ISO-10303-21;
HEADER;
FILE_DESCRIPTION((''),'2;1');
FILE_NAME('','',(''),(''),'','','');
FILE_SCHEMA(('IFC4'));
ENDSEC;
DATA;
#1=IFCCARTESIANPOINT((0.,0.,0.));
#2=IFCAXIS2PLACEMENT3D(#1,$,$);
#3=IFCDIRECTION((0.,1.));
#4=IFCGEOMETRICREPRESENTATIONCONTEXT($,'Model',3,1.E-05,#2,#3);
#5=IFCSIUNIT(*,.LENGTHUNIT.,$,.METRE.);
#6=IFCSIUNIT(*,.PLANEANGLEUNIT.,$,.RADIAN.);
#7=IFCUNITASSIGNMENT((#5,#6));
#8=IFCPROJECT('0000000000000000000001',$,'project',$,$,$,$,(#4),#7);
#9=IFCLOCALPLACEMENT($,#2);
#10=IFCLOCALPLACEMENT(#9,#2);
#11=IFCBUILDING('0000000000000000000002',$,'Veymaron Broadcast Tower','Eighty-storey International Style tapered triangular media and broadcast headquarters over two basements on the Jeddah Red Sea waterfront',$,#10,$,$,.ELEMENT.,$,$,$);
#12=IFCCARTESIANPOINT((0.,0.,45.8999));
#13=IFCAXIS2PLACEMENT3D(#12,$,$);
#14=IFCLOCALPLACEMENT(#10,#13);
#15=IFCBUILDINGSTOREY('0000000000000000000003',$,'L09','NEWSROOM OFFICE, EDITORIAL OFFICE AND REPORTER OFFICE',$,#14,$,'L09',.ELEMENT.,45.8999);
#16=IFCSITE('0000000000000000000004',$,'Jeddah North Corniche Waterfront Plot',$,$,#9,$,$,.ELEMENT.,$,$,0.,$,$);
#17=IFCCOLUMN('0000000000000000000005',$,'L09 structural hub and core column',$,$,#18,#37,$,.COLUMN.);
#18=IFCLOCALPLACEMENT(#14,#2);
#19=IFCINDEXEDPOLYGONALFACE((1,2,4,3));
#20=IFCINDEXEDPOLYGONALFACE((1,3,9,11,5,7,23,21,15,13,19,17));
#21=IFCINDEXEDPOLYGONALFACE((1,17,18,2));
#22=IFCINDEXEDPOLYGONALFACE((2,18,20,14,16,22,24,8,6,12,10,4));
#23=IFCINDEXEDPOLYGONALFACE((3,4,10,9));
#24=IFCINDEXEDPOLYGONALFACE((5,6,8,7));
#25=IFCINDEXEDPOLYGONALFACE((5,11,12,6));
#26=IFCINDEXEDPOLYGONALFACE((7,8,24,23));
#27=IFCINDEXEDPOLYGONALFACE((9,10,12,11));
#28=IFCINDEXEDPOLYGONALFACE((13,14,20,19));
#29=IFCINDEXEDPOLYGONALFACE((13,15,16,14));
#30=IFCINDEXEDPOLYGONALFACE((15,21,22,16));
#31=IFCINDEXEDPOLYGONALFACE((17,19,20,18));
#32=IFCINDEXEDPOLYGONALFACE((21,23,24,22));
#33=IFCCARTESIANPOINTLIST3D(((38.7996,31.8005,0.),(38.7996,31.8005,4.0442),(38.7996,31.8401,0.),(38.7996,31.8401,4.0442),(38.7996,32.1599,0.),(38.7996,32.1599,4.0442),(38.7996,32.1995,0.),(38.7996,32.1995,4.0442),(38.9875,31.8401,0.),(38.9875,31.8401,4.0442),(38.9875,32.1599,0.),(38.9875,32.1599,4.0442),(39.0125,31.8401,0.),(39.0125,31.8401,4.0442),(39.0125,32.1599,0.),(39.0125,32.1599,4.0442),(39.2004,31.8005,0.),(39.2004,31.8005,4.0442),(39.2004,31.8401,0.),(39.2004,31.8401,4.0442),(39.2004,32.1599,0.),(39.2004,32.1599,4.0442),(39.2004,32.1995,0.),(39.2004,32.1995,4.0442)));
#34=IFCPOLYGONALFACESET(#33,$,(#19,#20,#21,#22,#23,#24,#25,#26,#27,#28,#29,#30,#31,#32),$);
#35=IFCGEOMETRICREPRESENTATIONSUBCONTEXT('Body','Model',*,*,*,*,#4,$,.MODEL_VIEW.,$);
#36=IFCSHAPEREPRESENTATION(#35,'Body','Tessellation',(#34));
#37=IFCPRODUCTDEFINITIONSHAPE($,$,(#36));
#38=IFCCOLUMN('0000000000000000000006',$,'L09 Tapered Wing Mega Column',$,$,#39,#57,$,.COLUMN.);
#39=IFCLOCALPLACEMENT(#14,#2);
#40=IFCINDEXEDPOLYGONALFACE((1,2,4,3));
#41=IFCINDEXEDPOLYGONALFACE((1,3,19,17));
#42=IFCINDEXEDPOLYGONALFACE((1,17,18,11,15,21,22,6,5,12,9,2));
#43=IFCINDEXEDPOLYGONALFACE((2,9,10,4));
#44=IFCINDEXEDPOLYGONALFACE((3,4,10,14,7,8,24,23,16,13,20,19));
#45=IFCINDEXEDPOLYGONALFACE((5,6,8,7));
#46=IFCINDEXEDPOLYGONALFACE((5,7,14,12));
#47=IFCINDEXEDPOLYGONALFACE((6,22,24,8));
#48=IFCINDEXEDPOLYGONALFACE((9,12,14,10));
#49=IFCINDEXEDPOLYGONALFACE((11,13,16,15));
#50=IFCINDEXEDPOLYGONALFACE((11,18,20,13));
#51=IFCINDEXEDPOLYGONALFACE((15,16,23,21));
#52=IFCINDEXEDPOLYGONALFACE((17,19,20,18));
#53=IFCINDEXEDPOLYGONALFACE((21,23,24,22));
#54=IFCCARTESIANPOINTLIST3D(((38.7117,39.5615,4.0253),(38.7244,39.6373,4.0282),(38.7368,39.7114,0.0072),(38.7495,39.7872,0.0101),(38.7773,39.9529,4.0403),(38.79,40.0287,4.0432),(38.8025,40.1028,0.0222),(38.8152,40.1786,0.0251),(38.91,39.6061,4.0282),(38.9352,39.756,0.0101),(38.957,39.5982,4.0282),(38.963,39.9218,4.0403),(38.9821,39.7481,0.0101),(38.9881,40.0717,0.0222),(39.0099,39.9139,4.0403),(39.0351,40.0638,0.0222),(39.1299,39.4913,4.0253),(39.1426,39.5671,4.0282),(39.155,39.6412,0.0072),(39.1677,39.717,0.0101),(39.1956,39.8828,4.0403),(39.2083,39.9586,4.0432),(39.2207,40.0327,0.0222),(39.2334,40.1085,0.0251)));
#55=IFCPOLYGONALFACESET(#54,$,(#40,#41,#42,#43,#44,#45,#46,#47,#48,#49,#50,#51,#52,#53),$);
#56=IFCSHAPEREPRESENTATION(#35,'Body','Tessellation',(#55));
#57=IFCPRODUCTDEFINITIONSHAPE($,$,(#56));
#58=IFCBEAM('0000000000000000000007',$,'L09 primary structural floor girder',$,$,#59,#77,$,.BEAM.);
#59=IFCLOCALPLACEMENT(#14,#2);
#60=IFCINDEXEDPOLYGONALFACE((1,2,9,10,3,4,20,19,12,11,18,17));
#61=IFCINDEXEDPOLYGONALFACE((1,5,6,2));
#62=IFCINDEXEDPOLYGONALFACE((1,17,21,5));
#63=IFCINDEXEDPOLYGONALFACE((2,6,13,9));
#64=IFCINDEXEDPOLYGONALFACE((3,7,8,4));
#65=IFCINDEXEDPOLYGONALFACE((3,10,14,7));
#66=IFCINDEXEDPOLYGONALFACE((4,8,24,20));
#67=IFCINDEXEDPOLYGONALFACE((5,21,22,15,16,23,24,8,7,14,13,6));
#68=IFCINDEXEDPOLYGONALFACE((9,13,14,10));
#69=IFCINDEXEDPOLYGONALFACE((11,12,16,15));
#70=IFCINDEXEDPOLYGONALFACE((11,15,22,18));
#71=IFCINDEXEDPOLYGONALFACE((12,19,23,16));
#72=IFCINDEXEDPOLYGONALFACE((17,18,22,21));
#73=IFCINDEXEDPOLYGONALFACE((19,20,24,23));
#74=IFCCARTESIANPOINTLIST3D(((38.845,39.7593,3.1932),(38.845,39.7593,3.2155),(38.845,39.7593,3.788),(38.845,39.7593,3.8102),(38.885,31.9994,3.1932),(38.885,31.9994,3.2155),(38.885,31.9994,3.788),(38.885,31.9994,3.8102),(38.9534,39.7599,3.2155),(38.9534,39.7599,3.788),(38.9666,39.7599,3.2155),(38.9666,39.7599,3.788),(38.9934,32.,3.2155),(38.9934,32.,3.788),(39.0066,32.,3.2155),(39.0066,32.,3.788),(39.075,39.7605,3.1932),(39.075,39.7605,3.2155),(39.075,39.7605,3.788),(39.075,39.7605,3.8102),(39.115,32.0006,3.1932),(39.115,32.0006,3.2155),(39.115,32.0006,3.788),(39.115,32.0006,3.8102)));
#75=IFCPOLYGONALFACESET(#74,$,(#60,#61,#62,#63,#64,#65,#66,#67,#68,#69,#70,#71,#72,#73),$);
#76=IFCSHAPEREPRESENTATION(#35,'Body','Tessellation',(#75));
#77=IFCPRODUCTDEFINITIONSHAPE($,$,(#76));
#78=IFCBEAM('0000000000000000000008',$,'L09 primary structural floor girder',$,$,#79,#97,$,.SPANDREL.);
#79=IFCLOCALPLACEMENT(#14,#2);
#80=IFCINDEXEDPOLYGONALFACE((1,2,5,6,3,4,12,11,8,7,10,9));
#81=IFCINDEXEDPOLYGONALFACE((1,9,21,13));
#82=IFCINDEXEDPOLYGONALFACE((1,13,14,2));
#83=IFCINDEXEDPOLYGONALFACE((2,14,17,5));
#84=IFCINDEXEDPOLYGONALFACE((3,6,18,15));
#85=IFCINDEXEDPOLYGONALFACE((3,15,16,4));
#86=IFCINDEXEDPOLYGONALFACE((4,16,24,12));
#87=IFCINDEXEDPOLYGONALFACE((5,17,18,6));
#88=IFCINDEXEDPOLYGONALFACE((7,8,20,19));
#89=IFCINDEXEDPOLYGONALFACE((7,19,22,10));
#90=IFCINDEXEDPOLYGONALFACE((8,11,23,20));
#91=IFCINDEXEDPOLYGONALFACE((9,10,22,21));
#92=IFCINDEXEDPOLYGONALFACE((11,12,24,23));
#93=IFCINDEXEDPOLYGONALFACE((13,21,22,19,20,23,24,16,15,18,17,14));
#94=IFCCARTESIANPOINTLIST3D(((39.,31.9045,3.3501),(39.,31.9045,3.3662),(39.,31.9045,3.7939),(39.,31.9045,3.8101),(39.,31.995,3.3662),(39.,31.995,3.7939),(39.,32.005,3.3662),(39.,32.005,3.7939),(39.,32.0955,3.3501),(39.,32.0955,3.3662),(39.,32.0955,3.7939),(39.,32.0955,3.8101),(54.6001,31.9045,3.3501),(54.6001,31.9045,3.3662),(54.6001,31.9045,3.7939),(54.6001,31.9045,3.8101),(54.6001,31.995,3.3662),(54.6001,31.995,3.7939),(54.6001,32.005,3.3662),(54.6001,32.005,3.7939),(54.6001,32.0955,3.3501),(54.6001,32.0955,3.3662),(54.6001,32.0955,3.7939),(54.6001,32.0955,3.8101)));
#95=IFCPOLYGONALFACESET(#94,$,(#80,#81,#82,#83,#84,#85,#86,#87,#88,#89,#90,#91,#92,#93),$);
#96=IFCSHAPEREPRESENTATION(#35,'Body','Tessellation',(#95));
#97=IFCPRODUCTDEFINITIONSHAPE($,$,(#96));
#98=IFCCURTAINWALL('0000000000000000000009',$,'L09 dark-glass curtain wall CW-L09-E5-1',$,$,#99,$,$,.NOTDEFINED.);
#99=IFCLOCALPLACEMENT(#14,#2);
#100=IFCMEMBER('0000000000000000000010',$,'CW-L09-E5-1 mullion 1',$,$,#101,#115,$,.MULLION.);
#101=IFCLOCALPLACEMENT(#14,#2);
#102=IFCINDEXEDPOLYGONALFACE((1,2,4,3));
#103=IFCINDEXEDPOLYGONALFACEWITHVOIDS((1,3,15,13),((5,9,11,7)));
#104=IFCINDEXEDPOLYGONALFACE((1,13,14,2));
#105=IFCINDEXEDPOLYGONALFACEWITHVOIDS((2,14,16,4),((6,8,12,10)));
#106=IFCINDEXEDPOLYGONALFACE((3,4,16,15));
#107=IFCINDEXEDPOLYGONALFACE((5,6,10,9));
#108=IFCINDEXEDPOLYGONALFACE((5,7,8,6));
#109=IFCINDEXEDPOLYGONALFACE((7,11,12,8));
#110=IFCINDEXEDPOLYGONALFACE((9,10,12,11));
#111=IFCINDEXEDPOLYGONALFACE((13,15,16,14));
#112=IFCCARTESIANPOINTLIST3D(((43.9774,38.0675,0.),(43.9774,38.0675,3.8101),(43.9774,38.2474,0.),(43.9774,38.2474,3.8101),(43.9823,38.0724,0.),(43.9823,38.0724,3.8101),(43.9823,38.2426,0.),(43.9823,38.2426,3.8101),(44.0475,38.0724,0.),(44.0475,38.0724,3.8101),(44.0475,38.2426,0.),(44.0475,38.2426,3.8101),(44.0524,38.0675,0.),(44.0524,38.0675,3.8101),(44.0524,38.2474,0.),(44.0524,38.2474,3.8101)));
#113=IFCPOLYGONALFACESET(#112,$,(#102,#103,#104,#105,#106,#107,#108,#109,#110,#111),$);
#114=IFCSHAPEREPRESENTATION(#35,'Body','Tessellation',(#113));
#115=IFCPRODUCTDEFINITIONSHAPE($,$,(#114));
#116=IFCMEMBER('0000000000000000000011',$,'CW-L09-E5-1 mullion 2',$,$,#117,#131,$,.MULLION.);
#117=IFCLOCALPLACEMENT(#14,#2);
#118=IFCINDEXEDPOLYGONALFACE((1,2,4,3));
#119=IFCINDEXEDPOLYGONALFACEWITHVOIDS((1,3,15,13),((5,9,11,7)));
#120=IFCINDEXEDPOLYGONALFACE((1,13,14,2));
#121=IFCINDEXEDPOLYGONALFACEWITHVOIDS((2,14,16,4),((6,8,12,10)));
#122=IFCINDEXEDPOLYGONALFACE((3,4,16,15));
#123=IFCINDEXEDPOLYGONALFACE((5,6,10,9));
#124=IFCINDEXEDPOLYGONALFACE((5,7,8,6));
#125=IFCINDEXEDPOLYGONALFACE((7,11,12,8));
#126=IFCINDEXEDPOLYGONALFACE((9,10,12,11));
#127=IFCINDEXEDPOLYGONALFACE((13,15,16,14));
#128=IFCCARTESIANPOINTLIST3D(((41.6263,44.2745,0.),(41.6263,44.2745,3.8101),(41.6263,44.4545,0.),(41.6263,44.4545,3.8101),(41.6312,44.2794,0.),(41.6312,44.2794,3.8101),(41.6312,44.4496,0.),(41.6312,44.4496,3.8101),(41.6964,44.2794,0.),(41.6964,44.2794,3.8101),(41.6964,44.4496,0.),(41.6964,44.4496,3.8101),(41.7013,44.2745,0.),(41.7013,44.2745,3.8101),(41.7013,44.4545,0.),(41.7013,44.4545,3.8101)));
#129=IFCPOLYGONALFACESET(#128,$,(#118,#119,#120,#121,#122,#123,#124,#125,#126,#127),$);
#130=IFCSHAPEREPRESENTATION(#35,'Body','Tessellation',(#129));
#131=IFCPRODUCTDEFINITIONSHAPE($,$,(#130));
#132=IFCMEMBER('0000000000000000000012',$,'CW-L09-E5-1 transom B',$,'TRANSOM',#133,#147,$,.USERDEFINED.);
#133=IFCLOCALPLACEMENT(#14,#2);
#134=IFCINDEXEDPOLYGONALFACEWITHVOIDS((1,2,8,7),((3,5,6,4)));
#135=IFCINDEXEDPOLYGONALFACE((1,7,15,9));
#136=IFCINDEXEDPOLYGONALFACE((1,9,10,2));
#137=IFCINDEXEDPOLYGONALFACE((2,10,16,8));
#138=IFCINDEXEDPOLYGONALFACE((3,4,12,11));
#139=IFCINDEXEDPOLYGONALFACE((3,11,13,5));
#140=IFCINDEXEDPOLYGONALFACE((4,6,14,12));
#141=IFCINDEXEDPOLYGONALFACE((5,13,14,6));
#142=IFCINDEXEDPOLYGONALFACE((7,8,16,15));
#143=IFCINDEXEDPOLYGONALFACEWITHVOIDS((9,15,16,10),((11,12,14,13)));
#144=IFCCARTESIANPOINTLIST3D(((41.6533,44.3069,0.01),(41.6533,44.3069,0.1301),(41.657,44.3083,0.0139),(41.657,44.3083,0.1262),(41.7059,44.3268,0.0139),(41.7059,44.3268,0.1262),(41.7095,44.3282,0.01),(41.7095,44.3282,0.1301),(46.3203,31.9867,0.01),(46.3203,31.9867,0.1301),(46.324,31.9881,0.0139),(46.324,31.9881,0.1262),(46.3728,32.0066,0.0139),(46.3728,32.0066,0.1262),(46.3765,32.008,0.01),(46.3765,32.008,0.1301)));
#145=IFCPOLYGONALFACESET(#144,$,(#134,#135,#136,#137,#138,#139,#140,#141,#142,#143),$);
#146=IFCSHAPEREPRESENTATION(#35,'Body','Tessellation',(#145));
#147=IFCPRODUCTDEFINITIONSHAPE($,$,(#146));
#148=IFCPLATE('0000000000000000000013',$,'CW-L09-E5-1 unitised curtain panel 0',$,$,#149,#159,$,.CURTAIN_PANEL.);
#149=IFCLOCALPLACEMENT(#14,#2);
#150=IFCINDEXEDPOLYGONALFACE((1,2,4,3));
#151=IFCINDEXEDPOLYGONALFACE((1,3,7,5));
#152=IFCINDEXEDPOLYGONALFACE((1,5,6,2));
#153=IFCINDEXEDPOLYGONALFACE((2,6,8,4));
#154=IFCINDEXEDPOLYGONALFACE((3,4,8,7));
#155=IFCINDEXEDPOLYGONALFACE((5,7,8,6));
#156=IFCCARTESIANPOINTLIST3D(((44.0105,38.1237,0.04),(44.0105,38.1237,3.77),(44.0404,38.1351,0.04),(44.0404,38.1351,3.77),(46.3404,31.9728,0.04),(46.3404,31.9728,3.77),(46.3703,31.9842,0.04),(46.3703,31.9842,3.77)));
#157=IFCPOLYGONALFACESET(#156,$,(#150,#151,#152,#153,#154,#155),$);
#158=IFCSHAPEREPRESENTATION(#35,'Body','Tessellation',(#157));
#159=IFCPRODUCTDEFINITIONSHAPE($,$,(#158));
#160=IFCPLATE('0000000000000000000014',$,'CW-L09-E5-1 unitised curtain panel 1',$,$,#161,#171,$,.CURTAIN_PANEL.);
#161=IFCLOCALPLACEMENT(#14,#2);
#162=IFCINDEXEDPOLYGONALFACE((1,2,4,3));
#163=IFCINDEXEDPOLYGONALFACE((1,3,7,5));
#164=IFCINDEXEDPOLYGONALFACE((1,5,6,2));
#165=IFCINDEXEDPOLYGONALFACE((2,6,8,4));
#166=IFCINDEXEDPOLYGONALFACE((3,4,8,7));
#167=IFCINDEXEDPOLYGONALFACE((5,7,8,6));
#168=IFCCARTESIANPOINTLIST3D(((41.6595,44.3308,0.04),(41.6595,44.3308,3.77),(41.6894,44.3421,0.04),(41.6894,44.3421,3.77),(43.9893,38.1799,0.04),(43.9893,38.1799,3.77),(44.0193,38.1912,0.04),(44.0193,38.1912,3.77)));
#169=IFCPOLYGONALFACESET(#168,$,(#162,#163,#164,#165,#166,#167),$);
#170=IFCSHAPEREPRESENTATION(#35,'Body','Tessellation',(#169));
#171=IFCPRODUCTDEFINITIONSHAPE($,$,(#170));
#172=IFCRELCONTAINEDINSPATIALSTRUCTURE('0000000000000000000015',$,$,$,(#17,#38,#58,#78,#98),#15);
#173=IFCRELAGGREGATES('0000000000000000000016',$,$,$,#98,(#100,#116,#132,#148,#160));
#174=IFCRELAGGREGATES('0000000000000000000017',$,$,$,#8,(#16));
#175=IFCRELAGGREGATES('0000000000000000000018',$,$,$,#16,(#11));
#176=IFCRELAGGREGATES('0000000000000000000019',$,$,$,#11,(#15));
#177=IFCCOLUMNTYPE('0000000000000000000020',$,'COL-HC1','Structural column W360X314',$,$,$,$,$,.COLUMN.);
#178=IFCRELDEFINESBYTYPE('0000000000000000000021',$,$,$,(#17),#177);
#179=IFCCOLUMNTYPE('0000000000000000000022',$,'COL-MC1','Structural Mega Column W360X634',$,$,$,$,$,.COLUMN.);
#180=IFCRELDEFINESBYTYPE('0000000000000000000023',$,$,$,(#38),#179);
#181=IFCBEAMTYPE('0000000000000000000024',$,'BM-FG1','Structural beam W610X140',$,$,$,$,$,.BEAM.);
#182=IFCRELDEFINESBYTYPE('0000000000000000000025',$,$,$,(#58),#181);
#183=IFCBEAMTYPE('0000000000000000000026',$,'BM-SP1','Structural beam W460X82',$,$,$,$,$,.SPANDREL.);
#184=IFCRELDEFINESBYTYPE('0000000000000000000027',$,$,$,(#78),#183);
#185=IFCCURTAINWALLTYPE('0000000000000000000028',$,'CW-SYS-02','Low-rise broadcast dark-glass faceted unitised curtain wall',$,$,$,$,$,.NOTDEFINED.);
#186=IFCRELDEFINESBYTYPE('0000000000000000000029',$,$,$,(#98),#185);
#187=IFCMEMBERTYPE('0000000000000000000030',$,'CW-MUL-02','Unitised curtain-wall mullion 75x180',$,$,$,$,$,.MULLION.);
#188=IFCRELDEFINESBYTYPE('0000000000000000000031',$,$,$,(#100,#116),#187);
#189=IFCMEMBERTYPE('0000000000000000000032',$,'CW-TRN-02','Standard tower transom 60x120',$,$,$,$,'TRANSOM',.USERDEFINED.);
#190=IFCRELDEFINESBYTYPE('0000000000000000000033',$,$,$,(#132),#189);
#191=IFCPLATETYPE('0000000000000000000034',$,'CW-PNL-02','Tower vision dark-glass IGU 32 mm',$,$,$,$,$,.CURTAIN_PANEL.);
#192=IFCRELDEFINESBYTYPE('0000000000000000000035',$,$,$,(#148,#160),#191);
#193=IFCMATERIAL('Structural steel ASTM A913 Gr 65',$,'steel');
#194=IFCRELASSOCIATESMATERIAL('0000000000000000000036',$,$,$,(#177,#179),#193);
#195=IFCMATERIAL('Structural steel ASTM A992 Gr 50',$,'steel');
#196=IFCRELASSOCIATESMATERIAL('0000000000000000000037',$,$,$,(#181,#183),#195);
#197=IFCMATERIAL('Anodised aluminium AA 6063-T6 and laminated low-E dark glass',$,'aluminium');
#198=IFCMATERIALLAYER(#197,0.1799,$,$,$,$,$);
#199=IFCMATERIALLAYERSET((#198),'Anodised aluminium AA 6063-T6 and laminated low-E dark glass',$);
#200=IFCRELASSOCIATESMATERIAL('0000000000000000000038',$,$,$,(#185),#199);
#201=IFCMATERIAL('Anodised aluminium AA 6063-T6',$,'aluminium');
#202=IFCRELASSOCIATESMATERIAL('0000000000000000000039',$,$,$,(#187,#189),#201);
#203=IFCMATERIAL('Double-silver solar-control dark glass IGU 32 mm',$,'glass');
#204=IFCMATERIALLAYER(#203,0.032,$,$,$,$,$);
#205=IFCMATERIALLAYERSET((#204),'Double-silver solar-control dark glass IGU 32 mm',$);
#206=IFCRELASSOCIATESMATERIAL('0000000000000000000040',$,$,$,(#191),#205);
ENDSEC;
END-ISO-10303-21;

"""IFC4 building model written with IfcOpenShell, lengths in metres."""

from ifc_helpers import new_model, si_unit, direction, frame, origin, origin_2d, place, context, subcontext, project, spatial, rectangle, hollow_rectangle, i_section, extrude, material, layer, layer_set, material_profile, profile_set, type_object, element, aggregate, save


model = new_model("IFC4")

# Units and contexts
model_context = context("Model", 3, precision=1e-05, world=origin(), true_north=direction((0.0, 1.0)))
body_context = subcontext(model_context, "Body", "Model", "MODEL_VIEW")
ifc_project = project(units=[si_unit("LENGTHUNIT", "METRE"), si_unit("PLANEANGLEUNIT", "RADIAN")], contexts=[model_context])

# Site, building, storey
site_placement = place(None, origin())
site = spatial("IfcSite", under=ifc_project, at=site_placement, Name="Jeddah North Corniche Waterfront Plot", CompositionType="ELEMENT", RefElevation=0.0)
building_placement = place(site_placement, origin())
building = spatial("IfcBuilding", under=site, at=building_placement, Name="Veymaron Broadcast Tower", Description="Eighty-storey International Style tapered triangular media and broadcast headquarters over two basements on the Jeddah Red Sea waterfront", CompositionType="ELEMENT")
storey_placement = place(building_placement, frame((0.0, 0.0, 45.8999)))
storey = spatial("IfcBuildingStorey", under=building, at=storey_placement, Name="L09", Description="NEWSROOM OFFICE, EDITORIAL OFFICE AND REPORTER OFFICE", LongName="L09", CompositionType="ELEMENT", Elevation=45.8999)

# Columns
ifc_material_1 = material(Name="Structural steel ASTM A913 Gr 65", Category="steel")
ifc_material_profile_1 = material_profile(ifc_material_1, i_section(OverallWidth=0.4009, OverallDepth=0.3989, WebThickness=0.0249, FlangeThickness=0.0396, at=origin_2d()), Name="W360X314")
ifc_profile_set_1 = profile_set([ifc_material_profile_1], Name="Structural steel ASTM A913 Gr 65")
column_type_1 = type_object("IfcColumnType", Name="COL-HC1", Description="Structural column W360X314", PredefinedType="COLUMN", material=ifc_profile_set_1)
column_1_placement = place(storey_placement, frame((39.0, 32.0, 0.0), z_axis=(0.0, 0.0, 1.0), x_axis=(1.0, 0.0, 0.0)))
element("IfcColumn", 1, at=column_1_placement, inside=storey, type_object=column_type_1, Name="L09 structural hub and core column", PredefinedType="COLUMN", context=body_context, shape_type="SweptSolid", body=[
    extrude(i_section(OverallWidth=0.4009, OverallDepth=0.3989, WebThickness=0.0249, FlangeThickness=0.0396, at=origin_2d()), origin(), (0.0, 0.0, 1.0), 4.0442),
])
ifc_material_profile_2 = material_profile(ifc_material_1, i_section(OverallWidth=0.4241, OverallDepth=0.4741, WebThickness=0.0476, FlangeThickness=0.0769, at=origin_2d()), Name="W360X634")
ifc_profile_set_2 = profile_set([ifc_material_profile_2], Name="Structural steel ASTM A913 Gr 65")
column_type_2 = type_object("IfcColumnType", Name="COL-MC1", Description="Structural Mega Column W360X634", PredefinedType="COLUMN", material=ifc_profile_set_2)
column_2_placement = place(storey_placement, frame((38.9851, 39.9099, 0.0161), z_axis=(-0.006254, -0.03728, 0.999285), x_axis=(0.98622, -0.165441, 0.0)))
element("IfcColumn", 2, at=column_2_placement, inside=storey, type_object=column_type_2, Name="L09 Tapered Wing Mega Column", PredefinedType="COLUMN", context=body_context, shape_type="SweptSolid", body=[
    extrude(i_section(OverallWidth=0.4241, OverallDepth=0.4741, WebThickness=0.0476, FlangeThickness=0.0769, at=origin_2d()), origin(), (0.0, 0.0, 1.0), 4.021),
])

# Beams
ifc_material_2 = material(Name="Structural steel ASTM A992 Gr 50", Category="steel")
ifc_material_profile_3 = material_profile(ifc_material_2, i_section(OverallWidth=0.23, OverallDepth=0.6169, WebThickness=0.0132, FlangeThickness=0.0222, at=origin_2d()), Name="W610X140")
ifc_profile_set_3 = profile_set([ifc_material_profile_3], Name="Structural steel ASTM A992 Gr 50")
beam_type_1 = type_object("IfcBeamType", Name="BM-FG1", Description="Structural beam W610X140", PredefinedType="BEAM", material=ifc_profile_set_3)
beam_1_placement = place(storey_placement, frame((39.0, 32.0, 3.5017), z_axis=(-0.00516, 0.999987, 0.0), x_axis=(-0.999987, -0.00516, 0.0)))
element("IfcBeam", 3, at=beam_1_placement, inside=storey, type_object=beam_type_1, Name="L09 primary structural floor girder", PredefinedType="BEAM", context=body_context, shape_type="SweptSolid", body=[
    extrude(i_section(OverallWidth=0.23, OverallDepth=0.6169, WebThickness=0.0132, FlangeThickness=0.0222, at=origin_2d()), origin(), (0.0, 0.0, 1.0), 7.76),
])
ifc_material_profile_4 = material_profile(ifc_material_2, i_section(OverallWidth=0.1909, OverallDepth=0.46, WebThickness=0.01, FlangeThickness=0.0161, at=origin_2d()), Name="W460X82")
ifc_profile_set_4 = profile_set([ifc_material_profile_4], Name="Structural steel ASTM A992 Gr 50")
beam_type_2 = type_object("IfcBeamType", Name="BM-SP1", Description="Structural beam W460X82", PredefinedType="SPANDREL", material=ifc_profile_set_4)
beam_2_placement = place(storey_placement, frame((39.0, 32.0, 3.5801), z_axis=(1.0, 0.0, 0.0), x_axis=(0.0, 1.0, 0.0)))
element("IfcBeam", 4, at=beam_2_placement, inside=storey, type_object=beam_type_2, Name="L09 primary structural floor girder", PredefinedType="SPANDREL", context=body_context, shape_type="SweptSolid", body=[
    extrude(i_section(OverallWidth=0.1909, OverallDepth=0.46, WebThickness=0.01, FlangeThickness=0.0161, at=origin_2d()), origin(), (0.0, 0.0, 1.0), 15.6001),
])

# Curtain wall, members, plates
ifc_material_3 = material(Name="Anodised aluminium AA 6063-T6 and laminated low-E dark glass", Category="aluminium")
ifc_layer_1 = layer(ifc_material_3, 0.1799)
ifc_layer_set_1 = layer_set([ifc_layer_1], Name="Anodised aluminium AA 6063-T6 and laminated low-E dark glass")
curtain_wall_type = type_object("IfcCurtainWallType", Name="CW-SYS-02", Description="Low-rise broadcast dark-glass faceted unitised curtain wall", PredefinedType="NOTDEFINED", material=ifc_layer_set_1)
curtain_wall_placement = place(storey_placement, origin())
curtain_wall = element("IfcCurtainWall", 5, at=curtain_wall_placement, inside=storey, type_object=curtain_wall_type, Name="L09 dark-glass curtain wall CW-L09-E5-1", PredefinedType="NOTDEFINED")
ifc_material_4 = material(Name="Anodised aluminium AA 6063-T6", Category="aluminium")
ifc_material_profile_5 = material_profile(ifc_material_4, hollow_rectangle(XDim=0.075, YDim=0.1799, WallThickness=0.0049, at=origin_2d()), Name="AL180X75X5")
ifc_profile_set_5 = profile_set([ifc_material_profile_5], Name="Anodised aluminium AA 6063-T6")
member_type_1 = type_object("IfcMemberType", Name="CW-MUL-02", Description="Unitised curtain-wall mullion 75x180", PredefinedType="MULLION", material=ifc_profile_set_5)
member_1_placement = place(storey_placement, frame((44.0149, 38.1575, 0.0), z_axis=(0.0, 0.0, 1.0), x_axis=(1.0, 0.0, 0.0)))
member_1 = element("IfcMember", 6, at=member_1_placement, type_object=member_type_1, Name="CW-L09-E5-1 mullion 1", PredefinedType="MULLION", context=body_context, shape_type="SweptSolid", body=[
    extrude(hollow_rectangle(XDim=0.075, YDim=0.1799, WallThickness=0.0049, at=origin_2d()), origin(), (0.0, 0.0, 1.0), 3.8101),
])
member_2_placement = place(storey_placement, frame((41.6638, 44.3645, 0.0), z_axis=(0.0, 0.0, 1.0), x_axis=(1.0, 0.0, 0.0)))
member_2 = element("IfcMember", 7, at=member_2_placement, type_object=member_type_1, Name="CW-L09-E5-1 mullion 2", PredefinedType="MULLION", context=body_context, shape_type="SweptSolid", body=[
    extrude(hollow_rectangle(XDim=0.075, YDim=0.1799, WallThickness=0.0049, at=origin_2d()), origin(), (0.0, 0.0, 1.0), 3.8101),
])
ifc_material_profile_6 = material_profile(ifc_material_4, hollow_rectangle(XDim=0.0601, YDim=0.1201, WallThickness=0.0039, at=origin_2d()), Name="AL120X60X4")
ifc_profile_set_6 = profile_set([ifc_material_profile_6], Name="Anodised aluminium AA 6063-T6")
member_type_2 = type_object("IfcMemberType", Name="CW-TRN-02", Description="Standard tower transom 60x120", ElementType="TRANSOM", PredefinedType="USERDEFINED", material=ifc_profile_set_6)
member_3_placement = place(storey_placement, frame((46.3484, 31.9973, 0.0701), z_axis=(-0.354241, 0.935154, 0.0), x_axis=(-0.935154, -0.354241, 0.0)))
member_3 = element("IfcMember", 8, at=member_3_placement, type_object=member_type_2, Name="CW-L09-E5-1 transom B", ObjectType="TRANSOM", PredefinedType="USERDEFINED", context=body_context, shape_type="SweptSolid", body=[
    extrude(hollow_rectangle(XDim=0.0601, YDim=0.1201, WallThickness=0.0039, at=origin_2d()), origin(), (0.0, 0.0, 1.0), 13.1746),
])
ifc_material_5 = material(Name="Double-silver solar-control dark glass IGU 32 mm", Category="glass")
ifc_layer_2 = layer(ifc_material_5, 0.032)
ifc_layer_set_2 = layer_set([ifc_layer_2], Name="Double-silver solar-control dark glass IGU 32 mm")
plate_type = type_object("IfcPlateType", Name="CW-PNL-02", Description="Tower vision dark-glass IGU 32 mm", PredefinedType="CURTAIN_PANEL", material=ifc_layer_set_2)
plate_1_placement = place(storey_placement, frame((45.1904, 35.054, 0.04), z_axis=(0.0, 0.0, 1.0), x_axis=(-0.354226, 0.93516, 0.0)))
plate_1 = element("IfcPlate", 9, at=plate_1_placement, type_object=plate_type, Name="CW-L09-E5-1 unitised curtain panel 0", PredefinedType="CURTAIN_PANEL", context=body_context, shape_type="SweptSolid", body=[
    extrude(rectangle(XDim=6.5774, YDim=0.032, at=origin_2d()), origin(), (0.0, 0.0, 1.0), 3.73),
])
plate_2_placement = place(storey_placement, frame((42.8394, 41.261, 0.04), z_axis=(0.0, 0.0, 1.0), x_axis=(-0.354226, 0.93516, 0.0)))
plate_2 = element("IfcPlate", 10, at=plate_2_placement, type_object=plate_type, Name="CW-L09-E5-1 unitised curtain panel 1", PredefinedType="CURTAIN_PANEL", context=body_context, shape_type="SweptSolid", body=[
    extrude(rectangle(XDim=6.5774, YDim=0.032, at=origin_2d()), origin(), (0.0, 0.0, 1.0), 3.73),
])
aggregate(curtain_wall, [member_1, member_2, member_3, plate_1, plate_2])

save(model, "model.ifc")
